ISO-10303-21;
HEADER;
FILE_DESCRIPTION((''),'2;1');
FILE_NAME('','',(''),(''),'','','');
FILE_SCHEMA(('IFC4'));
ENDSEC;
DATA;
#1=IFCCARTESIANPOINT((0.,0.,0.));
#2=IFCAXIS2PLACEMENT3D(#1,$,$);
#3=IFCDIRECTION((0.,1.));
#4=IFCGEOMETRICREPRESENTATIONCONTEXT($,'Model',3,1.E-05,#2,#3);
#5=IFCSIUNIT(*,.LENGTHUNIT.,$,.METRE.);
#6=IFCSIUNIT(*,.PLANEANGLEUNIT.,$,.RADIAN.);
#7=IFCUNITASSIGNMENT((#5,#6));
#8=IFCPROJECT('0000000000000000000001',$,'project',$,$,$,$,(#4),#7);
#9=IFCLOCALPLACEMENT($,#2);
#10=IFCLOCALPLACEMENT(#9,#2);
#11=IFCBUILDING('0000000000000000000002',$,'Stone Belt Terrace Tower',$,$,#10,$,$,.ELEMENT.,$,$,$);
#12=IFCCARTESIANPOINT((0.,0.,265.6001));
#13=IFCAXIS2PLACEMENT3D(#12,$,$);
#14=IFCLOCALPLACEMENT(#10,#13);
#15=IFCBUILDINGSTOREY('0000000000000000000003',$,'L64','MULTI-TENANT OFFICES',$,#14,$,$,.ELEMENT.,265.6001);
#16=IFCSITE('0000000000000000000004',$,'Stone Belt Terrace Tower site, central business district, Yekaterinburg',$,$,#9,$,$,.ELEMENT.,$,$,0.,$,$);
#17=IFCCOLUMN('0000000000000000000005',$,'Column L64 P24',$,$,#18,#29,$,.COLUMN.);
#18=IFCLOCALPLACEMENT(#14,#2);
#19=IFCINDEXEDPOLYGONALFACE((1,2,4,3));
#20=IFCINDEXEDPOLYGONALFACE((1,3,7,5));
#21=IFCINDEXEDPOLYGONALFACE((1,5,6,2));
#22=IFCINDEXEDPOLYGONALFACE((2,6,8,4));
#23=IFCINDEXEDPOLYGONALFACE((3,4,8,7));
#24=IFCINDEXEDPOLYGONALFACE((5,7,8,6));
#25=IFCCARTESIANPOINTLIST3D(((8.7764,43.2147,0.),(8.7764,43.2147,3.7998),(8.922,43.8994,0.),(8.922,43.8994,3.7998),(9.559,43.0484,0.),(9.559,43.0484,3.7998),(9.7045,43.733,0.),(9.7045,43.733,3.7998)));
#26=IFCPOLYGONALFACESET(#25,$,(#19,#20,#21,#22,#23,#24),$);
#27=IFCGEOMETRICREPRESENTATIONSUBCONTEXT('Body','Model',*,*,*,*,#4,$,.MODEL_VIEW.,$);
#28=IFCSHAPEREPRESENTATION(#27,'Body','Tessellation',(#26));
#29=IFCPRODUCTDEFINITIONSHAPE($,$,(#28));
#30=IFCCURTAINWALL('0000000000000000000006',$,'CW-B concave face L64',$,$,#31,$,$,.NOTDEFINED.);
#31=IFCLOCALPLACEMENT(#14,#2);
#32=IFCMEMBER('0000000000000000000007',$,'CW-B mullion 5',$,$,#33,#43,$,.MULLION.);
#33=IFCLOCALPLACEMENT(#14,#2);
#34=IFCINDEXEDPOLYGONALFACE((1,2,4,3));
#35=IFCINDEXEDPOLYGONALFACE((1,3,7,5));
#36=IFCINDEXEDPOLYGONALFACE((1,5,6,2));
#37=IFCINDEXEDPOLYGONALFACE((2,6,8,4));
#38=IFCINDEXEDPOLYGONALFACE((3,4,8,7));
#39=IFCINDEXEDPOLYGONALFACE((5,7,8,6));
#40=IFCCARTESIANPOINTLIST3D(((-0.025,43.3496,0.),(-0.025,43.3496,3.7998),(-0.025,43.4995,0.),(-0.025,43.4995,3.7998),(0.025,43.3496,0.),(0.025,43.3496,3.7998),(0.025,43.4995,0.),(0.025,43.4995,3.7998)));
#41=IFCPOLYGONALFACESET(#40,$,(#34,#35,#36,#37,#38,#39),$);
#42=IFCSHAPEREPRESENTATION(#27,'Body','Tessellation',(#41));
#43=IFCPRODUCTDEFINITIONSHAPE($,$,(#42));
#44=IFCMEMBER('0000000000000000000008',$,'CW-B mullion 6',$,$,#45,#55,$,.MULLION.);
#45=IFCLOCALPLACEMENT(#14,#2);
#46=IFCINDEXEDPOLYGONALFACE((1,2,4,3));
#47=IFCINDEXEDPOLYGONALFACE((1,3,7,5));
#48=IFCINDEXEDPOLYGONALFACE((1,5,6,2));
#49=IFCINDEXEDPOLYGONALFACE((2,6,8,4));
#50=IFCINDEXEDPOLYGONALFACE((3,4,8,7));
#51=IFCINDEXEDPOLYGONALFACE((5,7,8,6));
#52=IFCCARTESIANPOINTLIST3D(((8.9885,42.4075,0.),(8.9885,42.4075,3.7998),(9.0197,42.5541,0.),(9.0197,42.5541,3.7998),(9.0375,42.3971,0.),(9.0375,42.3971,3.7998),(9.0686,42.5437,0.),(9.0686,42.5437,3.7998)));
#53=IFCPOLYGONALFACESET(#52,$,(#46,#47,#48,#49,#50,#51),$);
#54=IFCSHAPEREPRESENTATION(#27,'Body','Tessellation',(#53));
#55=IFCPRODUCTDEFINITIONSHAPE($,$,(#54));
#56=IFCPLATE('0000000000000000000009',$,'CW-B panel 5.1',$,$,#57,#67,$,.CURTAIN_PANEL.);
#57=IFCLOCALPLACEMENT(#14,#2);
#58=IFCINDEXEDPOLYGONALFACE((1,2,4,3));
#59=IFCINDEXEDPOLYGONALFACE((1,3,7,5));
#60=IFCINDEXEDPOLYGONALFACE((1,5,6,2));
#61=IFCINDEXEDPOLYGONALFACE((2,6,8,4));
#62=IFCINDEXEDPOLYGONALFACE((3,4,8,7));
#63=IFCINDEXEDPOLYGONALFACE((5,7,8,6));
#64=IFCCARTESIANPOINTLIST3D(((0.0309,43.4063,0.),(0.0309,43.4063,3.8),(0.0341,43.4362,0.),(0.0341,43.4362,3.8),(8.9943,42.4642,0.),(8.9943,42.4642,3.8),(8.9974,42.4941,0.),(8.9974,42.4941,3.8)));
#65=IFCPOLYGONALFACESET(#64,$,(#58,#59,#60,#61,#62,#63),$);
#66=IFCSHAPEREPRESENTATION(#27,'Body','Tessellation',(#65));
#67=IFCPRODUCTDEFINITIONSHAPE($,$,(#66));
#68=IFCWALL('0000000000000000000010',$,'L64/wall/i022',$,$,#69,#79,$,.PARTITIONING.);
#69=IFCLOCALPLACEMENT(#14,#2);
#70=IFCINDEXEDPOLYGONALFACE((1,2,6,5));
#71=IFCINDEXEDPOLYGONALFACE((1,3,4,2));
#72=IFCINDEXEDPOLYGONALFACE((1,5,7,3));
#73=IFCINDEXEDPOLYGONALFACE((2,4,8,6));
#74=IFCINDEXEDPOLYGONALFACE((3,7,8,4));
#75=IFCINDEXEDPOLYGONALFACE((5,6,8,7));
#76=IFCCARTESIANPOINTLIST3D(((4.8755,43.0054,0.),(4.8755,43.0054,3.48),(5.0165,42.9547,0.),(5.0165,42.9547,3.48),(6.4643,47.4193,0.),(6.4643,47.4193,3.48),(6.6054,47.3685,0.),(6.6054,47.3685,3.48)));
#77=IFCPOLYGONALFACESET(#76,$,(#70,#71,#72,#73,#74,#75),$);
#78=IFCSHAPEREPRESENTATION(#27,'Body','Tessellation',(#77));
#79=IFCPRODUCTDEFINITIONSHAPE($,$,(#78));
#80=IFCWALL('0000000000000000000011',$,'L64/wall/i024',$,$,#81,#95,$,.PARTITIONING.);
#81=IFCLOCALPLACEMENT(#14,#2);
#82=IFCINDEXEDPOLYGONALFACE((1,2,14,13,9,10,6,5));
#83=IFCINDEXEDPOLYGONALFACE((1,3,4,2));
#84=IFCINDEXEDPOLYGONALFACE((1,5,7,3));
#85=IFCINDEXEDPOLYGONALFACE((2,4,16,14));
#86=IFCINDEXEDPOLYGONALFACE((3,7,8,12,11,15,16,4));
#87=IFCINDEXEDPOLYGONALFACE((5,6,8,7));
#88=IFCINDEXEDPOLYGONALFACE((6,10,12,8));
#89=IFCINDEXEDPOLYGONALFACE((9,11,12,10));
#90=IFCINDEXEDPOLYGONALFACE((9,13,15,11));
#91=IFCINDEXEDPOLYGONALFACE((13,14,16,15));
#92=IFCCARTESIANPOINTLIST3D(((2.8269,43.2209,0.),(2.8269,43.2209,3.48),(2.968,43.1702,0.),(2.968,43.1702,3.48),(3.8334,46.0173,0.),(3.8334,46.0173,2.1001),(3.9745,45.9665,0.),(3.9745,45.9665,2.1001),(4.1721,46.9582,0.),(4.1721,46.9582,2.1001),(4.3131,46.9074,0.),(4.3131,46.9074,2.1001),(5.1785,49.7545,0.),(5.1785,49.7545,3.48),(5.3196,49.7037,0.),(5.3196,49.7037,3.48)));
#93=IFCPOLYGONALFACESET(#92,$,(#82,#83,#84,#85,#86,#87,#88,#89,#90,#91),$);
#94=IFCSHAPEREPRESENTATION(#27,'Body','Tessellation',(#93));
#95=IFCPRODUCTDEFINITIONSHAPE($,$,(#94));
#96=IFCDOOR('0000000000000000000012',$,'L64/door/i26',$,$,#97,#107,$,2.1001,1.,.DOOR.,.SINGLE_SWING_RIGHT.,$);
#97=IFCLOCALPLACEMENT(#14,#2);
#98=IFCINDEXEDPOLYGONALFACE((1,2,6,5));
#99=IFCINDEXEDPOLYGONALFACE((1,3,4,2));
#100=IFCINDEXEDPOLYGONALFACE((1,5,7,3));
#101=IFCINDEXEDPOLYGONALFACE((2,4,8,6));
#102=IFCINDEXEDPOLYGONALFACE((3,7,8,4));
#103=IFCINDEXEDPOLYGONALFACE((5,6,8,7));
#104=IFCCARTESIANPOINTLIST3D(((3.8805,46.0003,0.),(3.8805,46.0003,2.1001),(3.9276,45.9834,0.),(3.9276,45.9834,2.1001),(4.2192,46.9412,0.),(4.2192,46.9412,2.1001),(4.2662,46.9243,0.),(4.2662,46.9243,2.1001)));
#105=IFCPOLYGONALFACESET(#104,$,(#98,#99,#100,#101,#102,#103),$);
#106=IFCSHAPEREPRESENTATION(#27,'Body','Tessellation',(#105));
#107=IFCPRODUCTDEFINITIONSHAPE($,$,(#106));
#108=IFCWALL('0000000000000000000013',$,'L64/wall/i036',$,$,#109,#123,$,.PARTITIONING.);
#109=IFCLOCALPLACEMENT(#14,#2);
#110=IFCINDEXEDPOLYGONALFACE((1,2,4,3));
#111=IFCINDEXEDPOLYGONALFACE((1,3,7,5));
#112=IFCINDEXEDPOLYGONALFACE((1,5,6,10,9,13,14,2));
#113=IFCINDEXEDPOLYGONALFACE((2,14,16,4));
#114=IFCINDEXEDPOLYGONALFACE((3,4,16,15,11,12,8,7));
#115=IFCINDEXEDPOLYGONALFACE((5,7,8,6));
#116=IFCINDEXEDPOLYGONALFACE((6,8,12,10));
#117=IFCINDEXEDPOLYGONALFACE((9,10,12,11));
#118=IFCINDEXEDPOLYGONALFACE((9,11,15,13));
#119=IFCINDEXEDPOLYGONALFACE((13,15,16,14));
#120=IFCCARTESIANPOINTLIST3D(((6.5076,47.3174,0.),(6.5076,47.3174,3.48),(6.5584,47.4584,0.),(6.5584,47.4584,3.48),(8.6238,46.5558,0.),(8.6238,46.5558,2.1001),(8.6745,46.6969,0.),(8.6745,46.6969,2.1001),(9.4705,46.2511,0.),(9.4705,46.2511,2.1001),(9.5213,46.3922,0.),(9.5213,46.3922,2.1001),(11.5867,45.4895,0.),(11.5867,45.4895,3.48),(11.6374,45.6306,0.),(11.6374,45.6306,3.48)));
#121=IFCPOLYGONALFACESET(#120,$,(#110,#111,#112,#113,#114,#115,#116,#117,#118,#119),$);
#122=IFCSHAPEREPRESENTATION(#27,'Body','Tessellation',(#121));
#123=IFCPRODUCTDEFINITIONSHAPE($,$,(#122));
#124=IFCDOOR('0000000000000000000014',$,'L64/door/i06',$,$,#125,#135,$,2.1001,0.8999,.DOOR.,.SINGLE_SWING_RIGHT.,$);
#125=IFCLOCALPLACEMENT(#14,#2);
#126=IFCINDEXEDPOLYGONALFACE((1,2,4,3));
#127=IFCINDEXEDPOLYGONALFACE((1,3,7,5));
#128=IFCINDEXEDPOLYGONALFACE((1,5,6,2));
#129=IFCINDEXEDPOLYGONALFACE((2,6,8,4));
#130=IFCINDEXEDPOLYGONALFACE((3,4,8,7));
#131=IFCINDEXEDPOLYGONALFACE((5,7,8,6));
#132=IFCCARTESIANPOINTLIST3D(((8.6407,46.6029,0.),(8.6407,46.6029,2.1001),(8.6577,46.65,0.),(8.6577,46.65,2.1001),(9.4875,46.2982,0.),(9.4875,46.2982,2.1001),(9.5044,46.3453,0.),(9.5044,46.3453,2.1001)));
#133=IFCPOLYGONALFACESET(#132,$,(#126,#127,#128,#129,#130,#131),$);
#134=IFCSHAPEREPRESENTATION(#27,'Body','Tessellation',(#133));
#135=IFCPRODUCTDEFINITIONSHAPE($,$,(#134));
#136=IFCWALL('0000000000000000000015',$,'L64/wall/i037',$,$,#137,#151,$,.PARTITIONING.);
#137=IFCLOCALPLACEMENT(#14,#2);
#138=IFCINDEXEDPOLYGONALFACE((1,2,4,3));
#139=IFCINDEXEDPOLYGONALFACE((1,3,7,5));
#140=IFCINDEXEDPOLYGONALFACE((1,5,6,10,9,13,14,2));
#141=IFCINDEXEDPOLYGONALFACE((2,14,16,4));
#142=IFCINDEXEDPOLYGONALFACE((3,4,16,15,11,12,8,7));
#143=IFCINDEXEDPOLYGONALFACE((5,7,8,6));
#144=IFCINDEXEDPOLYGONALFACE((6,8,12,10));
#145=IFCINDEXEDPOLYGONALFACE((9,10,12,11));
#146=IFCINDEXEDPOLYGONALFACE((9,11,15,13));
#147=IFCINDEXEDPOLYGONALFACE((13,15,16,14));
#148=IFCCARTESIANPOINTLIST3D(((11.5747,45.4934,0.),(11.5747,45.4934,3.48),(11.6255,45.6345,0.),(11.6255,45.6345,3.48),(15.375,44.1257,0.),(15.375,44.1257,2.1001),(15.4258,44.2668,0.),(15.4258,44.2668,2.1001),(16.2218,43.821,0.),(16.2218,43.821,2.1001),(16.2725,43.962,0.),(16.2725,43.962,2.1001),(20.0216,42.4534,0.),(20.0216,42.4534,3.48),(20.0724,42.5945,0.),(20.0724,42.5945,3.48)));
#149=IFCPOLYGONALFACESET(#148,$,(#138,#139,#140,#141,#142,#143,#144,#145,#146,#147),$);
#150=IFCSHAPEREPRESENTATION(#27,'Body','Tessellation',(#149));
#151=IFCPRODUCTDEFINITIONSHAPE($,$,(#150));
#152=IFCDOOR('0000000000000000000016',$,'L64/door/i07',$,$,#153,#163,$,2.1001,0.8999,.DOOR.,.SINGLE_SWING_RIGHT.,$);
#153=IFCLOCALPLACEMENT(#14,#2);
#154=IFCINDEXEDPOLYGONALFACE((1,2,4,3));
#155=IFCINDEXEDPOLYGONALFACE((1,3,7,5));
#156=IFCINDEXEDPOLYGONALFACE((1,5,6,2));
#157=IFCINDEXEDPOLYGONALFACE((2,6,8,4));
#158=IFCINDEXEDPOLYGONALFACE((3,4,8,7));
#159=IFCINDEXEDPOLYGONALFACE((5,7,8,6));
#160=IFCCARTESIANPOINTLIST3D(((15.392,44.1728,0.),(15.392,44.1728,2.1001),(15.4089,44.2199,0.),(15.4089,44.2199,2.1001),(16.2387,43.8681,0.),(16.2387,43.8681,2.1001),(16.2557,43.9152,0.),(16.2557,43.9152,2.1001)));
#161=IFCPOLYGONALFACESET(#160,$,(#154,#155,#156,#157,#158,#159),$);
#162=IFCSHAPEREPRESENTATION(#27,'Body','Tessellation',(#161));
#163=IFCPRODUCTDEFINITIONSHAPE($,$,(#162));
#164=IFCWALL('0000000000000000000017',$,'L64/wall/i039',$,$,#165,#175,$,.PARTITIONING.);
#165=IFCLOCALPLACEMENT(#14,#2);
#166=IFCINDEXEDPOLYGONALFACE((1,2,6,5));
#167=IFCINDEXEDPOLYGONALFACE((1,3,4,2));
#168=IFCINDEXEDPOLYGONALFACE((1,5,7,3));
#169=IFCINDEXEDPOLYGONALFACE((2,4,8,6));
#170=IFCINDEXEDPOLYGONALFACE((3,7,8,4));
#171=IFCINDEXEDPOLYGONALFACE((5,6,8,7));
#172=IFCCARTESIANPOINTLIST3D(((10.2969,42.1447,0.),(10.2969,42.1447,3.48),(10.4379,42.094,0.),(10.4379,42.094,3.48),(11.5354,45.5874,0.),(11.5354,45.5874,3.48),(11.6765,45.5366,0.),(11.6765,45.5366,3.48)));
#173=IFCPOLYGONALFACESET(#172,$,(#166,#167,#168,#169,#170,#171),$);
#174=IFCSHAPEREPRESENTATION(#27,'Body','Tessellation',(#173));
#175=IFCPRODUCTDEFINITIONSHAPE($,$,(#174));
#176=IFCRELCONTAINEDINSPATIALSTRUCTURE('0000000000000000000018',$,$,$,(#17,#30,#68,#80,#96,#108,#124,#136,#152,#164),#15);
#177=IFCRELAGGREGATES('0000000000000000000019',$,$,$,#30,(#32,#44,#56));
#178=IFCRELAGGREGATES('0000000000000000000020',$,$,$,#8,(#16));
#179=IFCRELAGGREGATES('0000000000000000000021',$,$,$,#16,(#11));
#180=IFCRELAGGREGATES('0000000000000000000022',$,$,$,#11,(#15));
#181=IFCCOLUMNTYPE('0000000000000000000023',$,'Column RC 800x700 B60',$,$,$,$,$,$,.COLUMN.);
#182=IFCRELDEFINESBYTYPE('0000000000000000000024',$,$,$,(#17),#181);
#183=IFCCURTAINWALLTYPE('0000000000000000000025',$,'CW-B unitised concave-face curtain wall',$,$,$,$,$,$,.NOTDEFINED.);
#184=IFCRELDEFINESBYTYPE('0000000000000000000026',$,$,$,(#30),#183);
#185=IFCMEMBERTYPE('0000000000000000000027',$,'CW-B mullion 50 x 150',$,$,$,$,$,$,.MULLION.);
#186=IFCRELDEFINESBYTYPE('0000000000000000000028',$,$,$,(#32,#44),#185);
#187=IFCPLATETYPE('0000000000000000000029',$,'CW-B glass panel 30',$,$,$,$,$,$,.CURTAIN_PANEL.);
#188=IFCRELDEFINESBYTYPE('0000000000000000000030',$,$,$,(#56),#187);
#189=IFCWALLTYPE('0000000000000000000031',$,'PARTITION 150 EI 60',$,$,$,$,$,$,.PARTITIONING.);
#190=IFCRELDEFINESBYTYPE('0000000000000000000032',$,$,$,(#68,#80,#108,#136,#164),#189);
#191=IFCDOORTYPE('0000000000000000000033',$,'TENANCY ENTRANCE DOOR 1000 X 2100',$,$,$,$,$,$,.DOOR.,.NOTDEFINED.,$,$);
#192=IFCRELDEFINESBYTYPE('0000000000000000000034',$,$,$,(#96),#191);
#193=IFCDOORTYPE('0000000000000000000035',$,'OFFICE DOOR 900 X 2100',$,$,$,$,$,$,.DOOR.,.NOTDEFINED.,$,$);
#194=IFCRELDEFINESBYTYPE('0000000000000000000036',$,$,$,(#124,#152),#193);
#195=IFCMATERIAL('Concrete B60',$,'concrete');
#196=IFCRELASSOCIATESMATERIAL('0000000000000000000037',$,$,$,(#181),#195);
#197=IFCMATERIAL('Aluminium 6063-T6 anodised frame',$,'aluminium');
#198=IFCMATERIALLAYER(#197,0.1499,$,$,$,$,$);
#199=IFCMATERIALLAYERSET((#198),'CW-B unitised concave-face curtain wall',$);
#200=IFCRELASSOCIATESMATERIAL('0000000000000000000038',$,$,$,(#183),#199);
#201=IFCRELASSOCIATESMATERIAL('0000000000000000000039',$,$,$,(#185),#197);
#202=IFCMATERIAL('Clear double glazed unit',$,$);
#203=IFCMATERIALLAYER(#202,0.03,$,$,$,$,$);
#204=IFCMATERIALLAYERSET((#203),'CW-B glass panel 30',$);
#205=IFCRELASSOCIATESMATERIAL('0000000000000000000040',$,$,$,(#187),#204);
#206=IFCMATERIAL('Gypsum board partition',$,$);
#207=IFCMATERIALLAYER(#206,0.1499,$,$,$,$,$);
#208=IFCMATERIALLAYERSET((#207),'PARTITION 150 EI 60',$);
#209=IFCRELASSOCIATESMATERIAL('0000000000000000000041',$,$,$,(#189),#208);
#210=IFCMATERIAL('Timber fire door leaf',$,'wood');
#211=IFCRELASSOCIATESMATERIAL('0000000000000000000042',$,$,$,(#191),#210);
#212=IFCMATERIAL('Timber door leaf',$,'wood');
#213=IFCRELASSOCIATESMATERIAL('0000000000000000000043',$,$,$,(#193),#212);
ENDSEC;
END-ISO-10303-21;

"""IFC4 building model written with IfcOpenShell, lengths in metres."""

from ifc_helpers import new_model, si_unit, direction, frame, frame_2d, origin, origin_2d, place, context, subcontext, project, spatial, rectangle, extrude, material, layer, layer_set, material_profile, profile_set, type_object, element, fill, aggregate, save


model = new_model("IFC4")

# Units and contexts
model_context = context("Model", 3, precision=1e-05, world=origin(), true_north=direction((0.0, 1.0)))
body_context = subcontext(model_context, "Body", "Model", "MODEL_VIEW")
ifc_project = project(units=[si_unit("LENGTHUNIT", "METRE"), si_unit("PLANEANGLEUNIT", "RADIAN")], contexts=[model_context])

# Site, building, storey
site_placement = place(None, origin())
site = spatial("IfcSite", under=ifc_project, at=site_placement, Name="Stone Belt Terrace Tower site, central business district, Yekaterinburg", CompositionType="ELEMENT", RefElevation=0.0)
building_placement = place(site_placement, origin())
building = spatial("IfcBuilding", under=site, at=building_placement, Name="Stone Belt Terrace Tower", CompositionType="ELEMENT")
storey_placement = place(building_placement, frame((0.0, 0.0, 265.6001)))
storey = spatial("IfcBuildingStorey", under=building, at=storey_placement, Name="L64", Description="MULTI-TENANT OFFICES", CompositionType="ELEMENT", Elevation=265.6001)

# Column
ifc_material_1 = material(Name="Concrete B60", Category="concrete")
ifc_material_profile_1 = material_profile(ifc_material_1, rectangle(XDim=0.8, YDim=0.7, at=origin_2d()), Name="RC 800x700")
ifc_profile_set_1 = profile_set([ifc_material_profile_1], Name="Concrete B60")
column_type = type_object("IfcColumnType", Name="Column RC 800x700 B60", PredefinedType="COLUMN", material=ifc_profile_set_1)
column_placement = place(storey_placement, frame((9.2405, 43.4739, 0.0), z_axis=(0.0, 0.0, 1.0), x_axis=(0.978148, -0.207912, 0.0)))
element("IfcColumn", 1, at=column_placement, inside=storey, type_object=column_type, Name="Column L64 P24", PredefinedType="COLUMN", context=body_context, shape_type="SweptSolid", body=[
    extrude(rectangle(XDim=0.8, YDim=0.7, at=origin_2d()), origin(), (0.0, 0.0, 1.0), 3.7998),
])

# Curtain wall, members, plate
ifc_material_2 = material(Name="Aluminium 6063-T6 anodised frame", Category="aluminium")
ifc_layer_1 = layer(ifc_material_2, 0.1499)
ifc_layer_set_1 = layer_set([ifc_layer_1], Name="CW-B unitised concave-face curtain wall")
curtain_wall_type = type_object("IfcCurtainWallType", Name="CW-B unitised concave-face curtain wall", PredefinedType="NOTDEFINED", material=ifc_layer_set_1)
curtain_wall_placement = place(storey_placement, origin())
curtain_wall = element("IfcCurtainWall", 2, at=curtain_wall_placement, inside=storey, type_object=curtain_wall_type, Name="CW-B concave face L64", PredefinedType="NOTDEFINED")
ifc_material_profile_2 = material_profile(ifc_material_2, rectangle(XDim=0.1499, YDim=0.05, at=origin_2d()), Name="Aluminium 6063-T6 50x150")
ifc_profile_set_2 = profile_set([ifc_material_profile_2], Name="Aluminium 6063-T6 anodised frame")
member_type = type_object("IfcMemberType", Name="CW-B mullion 50 x 150", PredefinedType="MULLION", material=ifc_profile_set_2)
member_1_placement = place(storey_placement, frame((0.0, 43.4246, 0.0), z_axis=(0.0, 0.0, 1.0), x_axis=(0.0, 1.0, 0.0)))
member_1 = element("IfcMember", 3, at=member_1_placement, type_object=member_type, Name="CW-B mullion 5", PredefinedType="MULLION", context=body_context, shape_type="SweptSolid", body=[
    extrude(rectangle(XDim=0.1499, YDim=0.05, at=origin_2d()), origin(), (0.0, 0.0, 1.0), 3.7998),
])
member_2_placement = place(storey_placement, frame((9.0286, 42.4756, 0.0), z_axis=(0.0, 0.0, 1.0), x_axis=(0.207912, 0.978148, 0.0)))
member_2 = element("IfcMember", 4, at=member_2_placement, type_object=member_type, Name="CW-B mullion 6", PredefinedType="MULLION", context=body_context, shape_type="SweptSolid", body=[
    extrude(rectangle(XDim=0.1499, YDim=0.05, at=origin_2d()), origin(), (0.0, 0.0, 1.0), 3.7998),
])
ifc_material_3 = material(Name="Clear double glazed unit")
ifc_layer_2 = layer(ifc_material_3, 0.03)
ifc_layer_set_2 = layer_set([ifc_layer_2], Name="CW-B glass panel 30")
plate_type = type_object("IfcPlateType", Name="CW-B glass panel 30", PredefinedType="CURTAIN_PANEL", material=ifc_layer_set_2)
plate_placement = place(storey_placement, frame((4.5142, 42.9502, 0.0), z_axis=(0.0, 0.0, 1.0), x_axis=(0.994522, -0.104528, 0.0)))
plate = element("IfcPlate", 5, at=plate_placement, type_object=plate_type, Name="CW-B panel 5.1", PredefinedType="CURTAIN_PANEL", context=body_context, shape_type="SweptSolid", body=[
    extrude(rectangle(XDim=9.0127, YDim=0.03, at=origin_2d()), origin(), (0.0, 0.0, 1.0), 3.8),
])
aggregate(curtain_wall, [member_1, member_2, plate])

# Wall
ifc_material_4 = material(Name="Gypsum board partition")
ifc_layer_3 = layer(ifc_material_4, 0.1499)
ifc_layer_set_3 = layer_set([ifc_layer_3], Name="PARTITION 150 EI 60")
wall_type_1 = type_object("IfcWallType", Name="PARTITION 150 EI 60", PredefinedType="PARTITIONING", material=ifc_layer_set_3)
wall_1_placement = place(storey_placement, frame((6.5349, 47.394, 0.0), z_axis=(0.0, 0.0, 1.0), x_axis=(-0.338699, -0.940895, 0.0)))
element("IfcWall", 6, at=wall_1_placement, inside=storey, type_object=wall_type_1, Name="L64/wall/i022", PredefinedType="PARTITIONING", context=body_context, shape_type="SweptSolid", body=[
    extrude(rectangle(XDim=4.6912, YDim=0.1499, at=frame_2d((2.3457, 0.0))), origin(), (0.0, 0.0, 1.0), 3.48),
])

# Walls, openings, doors
wall_2_placement = place(storey_placement, frame((2.8975, 43.1956, 0.0), z_axis=(0.0, 0.0, 1.0), x_axis=(0.338658, 0.940909, 0.0)))
wall_2 = element("IfcWall", 7, at=wall_2_placement, inside=storey, type_object=wall_type_1, Name="L64/wall/i024", PredefinedType="PARTITIONING", context=body_context, shape_type="SweptSolid", body=[
    extrude(rectangle(XDim=6.9438, YDim=0.1499, at=frame_2d((3.4719, 0.0))), origin(), (0.0, 0.0, 1.0), 3.48),
])
opening_1_placement = place(wall_2_placement, frame((2.9719, 0.0, 0.0)))
opening_1 = element("IfcOpeningElement", 8, at=opening_1_placement, cuts=wall_2, PredefinedType="OPENING", context=body_context, shape_type="SweptSolid", body=[
    extrude(rectangle(XDim=1.0, YDim=2.1001, at=frame_2d((0.5, 1.05))), frame((0.0, 0.085, 0.0), z_axis=(0.0, -1.0, 0.0), x_axis=(1.0, 0.0, 0.0)), (0.0, 0.0, 1.0), 0.1699),
])
ifc_material_5 = material(Name="Timber fire door leaf", Category="wood")
door_type_1 = type_object("IfcDoorType", Name="TENANCY ENTRANCE DOOR 1000 X 2100", OperationType="NOTDEFINED", PredefinedType="DOOR", material=ifc_material_5)
door_1_placement = place(opening_1_placement, origin())
door_1 = element("IfcDoor", 9, at=door_1_placement, inside=storey, type_object=door_type_1, Name="L64/door/i26", OperationType="SINGLE_SWING_RIGHT", OverallHeight=2.1001, OverallWidth=1.0, PredefinedType="DOOR", context=body_context, shape_type="SweptSolid", body=[
    extrude(rectangle(XDim=1.0, YDim=2.1001, at=frame_2d((0.5, 1.05))), frame((0.0, 0.0249, 0.0), z_axis=(0.0, -1.0, 0.0), x_axis=(1.0, 0.0, 0.0)), (0.0, 0.0, 1.0), 0.05),
])
fill(opening_1, door_1)
wall_3_placement = place(storey_placement, frame((11.6121, 45.5601, 0.0), z_axis=(0.0, 0.0, 1.0), x_axis=(-0.940923, 0.338622, 0.0)))
wall_3 = element("IfcWall", 10, at=wall_3_placement, inside=storey, type_object=wall_type_1, Name="L64/wall/i036", PredefinedType="PARTITIONING", context=body_context, shape_type="SweptSolid", body=[
    extrude(rectangle(XDim=5.3979, YDim=0.1499, at=frame_2d((2.699, 0.0))), origin(), (0.0, 0.0, 1.0), 3.48),
])
opening_2_placement = place(wall_3_placement, frame((2.249, 0.0, 0.0)))
opening_2 = element("IfcOpeningElement", 11, at=opening_2_placement, cuts=wall_3, PredefinedType="OPENING", context=body_context, shape_type="SweptSolid", body=[
    extrude(rectangle(XDim=0.8999, YDim=2.1001, at=frame_2d((0.45, 1.05))), frame((0.0, 0.085, 0.0), z_axis=(0.0, -1.0, 0.0), x_axis=(1.0, 0.0, 0.0)), (0.0, 0.0, 1.0), 0.1699),
])
ifc_material_6 = material(Name="Timber door leaf", Category="wood")
door_type_2 = type_object("IfcDoorType", Name="OFFICE DOOR 900 X 2100", OperationType="NOTDEFINED", PredefinedType="DOOR", material=ifc_material_6)
door_2_placement = place(opening_2_placement, origin())
door_2 = element("IfcDoor", 12, at=door_2_placement, inside=storey, type_object=door_type_2, Name="L64/door/i06", OperationType="SINGLE_SWING_RIGHT", OverallHeight=2.1001, OverallWidth=0.8999, PredefinedType="DOOR", context=body_context, shape_type="SweptSolid", body=[
    extrude(rectangle(XDim=0.8999, YDim=2.1001, at=frame_2d((0.45, 1.05))), frame((0.0, 0.0249, 0.0), z_axis=(0.0, -1.0, 0.0), x_axis=(1.0, 0.0, 0.0)), (0.0, 0.0, 1.0), 0.05),
])
fill(opening_2, door_2)
wall_4_placement = place(storey_placement, frame((20.0471, 42.5239, 0.0), z_axis=(0.0, 0.0, 1.0), x_axis=(-0.940919, 0.338632, 0.0)))
wall_4 = element("IfcWall", 13, at=wall_4_placement, inside=storey, type_object=wall_type_1, Name="L64/wall/i037", PredefinedType="PARTITIONING", context=body_context, shape_type="SweptSolid", body=[
    extrude(rectangle(XDim=8.9773, YDim=0.1499, at=frame_2d((4.4888, 0.0))), origin(), (0.0, 0.0, 1.0), 3.48),
])
opening_3_placement = place(wall_4_placement, frame((4.0386, 0.0, 0.0)))
opening_3 = element("IfcOpeningElement", 14, at=opening_3_placement, cuts=wall_4, PredefinedType="OPENING", context=body_context, shape_type="SweptSolid", body=[
    extrude(rectangle(XDim=0.8999, YDim=2.1001, at=frame_2d((0.45, 1.05))), frame((0.0, 0.085, 0.0), z_axis=(0.0, -1.0, 0.0), x_axis=(1.0, 0.0, 0.0)), (0.0, 0.0, 1.0), 0.1699),
])
door_3_placement = place(opening_3_placement, origin())
door_3 = element("IfcDoor", 15, at=door_3_placement, inside=storey, type_object=door_type_2, Name="L64/door/i07", OperationType="SINGLE_SWING_RIGHT", OverallHeight=2.1001, OverallWidth=0.8999, PredefinedType="DOOR", context=body_context, shape_type="SweptSolid", body=[
    extrude(rectangle(XDim=0.8999, YDim=2.1001, at=frame_2d((0.45, 1.05))), frame((0.0, 0.0249, 0.0), z_axis=(0.0, -1.0, 0.0), x_axis=(1.0, 0.0, 0.0)), (0.0, 0.0, 1.0), 0.05),
])
fill(opening_3, door_3)

# Wall
wall_5_placement = place(storey_placement, frame((11.606, 45.562, 0.0), z_axis=(0.0, 0.0, 1.0), x_axis=(-0.338521, -0.940959, 0.0)))
element("IfcWall", 16, at=wall_5_placement, inside=storey, type_object=wall_type_1, Name="L64/wall/i039", PredefinedType="PARTITIONING", context=body_context, shape_type="SweptSolid", body=[
    extrude(rectangle(XDim=3.6587, YDim=0.1499, at=frame_2d((1.8293, 0.0))), origin(), (0.0, 0.0, 1.0), 3.48),
])

save(model, "model.ifc")
